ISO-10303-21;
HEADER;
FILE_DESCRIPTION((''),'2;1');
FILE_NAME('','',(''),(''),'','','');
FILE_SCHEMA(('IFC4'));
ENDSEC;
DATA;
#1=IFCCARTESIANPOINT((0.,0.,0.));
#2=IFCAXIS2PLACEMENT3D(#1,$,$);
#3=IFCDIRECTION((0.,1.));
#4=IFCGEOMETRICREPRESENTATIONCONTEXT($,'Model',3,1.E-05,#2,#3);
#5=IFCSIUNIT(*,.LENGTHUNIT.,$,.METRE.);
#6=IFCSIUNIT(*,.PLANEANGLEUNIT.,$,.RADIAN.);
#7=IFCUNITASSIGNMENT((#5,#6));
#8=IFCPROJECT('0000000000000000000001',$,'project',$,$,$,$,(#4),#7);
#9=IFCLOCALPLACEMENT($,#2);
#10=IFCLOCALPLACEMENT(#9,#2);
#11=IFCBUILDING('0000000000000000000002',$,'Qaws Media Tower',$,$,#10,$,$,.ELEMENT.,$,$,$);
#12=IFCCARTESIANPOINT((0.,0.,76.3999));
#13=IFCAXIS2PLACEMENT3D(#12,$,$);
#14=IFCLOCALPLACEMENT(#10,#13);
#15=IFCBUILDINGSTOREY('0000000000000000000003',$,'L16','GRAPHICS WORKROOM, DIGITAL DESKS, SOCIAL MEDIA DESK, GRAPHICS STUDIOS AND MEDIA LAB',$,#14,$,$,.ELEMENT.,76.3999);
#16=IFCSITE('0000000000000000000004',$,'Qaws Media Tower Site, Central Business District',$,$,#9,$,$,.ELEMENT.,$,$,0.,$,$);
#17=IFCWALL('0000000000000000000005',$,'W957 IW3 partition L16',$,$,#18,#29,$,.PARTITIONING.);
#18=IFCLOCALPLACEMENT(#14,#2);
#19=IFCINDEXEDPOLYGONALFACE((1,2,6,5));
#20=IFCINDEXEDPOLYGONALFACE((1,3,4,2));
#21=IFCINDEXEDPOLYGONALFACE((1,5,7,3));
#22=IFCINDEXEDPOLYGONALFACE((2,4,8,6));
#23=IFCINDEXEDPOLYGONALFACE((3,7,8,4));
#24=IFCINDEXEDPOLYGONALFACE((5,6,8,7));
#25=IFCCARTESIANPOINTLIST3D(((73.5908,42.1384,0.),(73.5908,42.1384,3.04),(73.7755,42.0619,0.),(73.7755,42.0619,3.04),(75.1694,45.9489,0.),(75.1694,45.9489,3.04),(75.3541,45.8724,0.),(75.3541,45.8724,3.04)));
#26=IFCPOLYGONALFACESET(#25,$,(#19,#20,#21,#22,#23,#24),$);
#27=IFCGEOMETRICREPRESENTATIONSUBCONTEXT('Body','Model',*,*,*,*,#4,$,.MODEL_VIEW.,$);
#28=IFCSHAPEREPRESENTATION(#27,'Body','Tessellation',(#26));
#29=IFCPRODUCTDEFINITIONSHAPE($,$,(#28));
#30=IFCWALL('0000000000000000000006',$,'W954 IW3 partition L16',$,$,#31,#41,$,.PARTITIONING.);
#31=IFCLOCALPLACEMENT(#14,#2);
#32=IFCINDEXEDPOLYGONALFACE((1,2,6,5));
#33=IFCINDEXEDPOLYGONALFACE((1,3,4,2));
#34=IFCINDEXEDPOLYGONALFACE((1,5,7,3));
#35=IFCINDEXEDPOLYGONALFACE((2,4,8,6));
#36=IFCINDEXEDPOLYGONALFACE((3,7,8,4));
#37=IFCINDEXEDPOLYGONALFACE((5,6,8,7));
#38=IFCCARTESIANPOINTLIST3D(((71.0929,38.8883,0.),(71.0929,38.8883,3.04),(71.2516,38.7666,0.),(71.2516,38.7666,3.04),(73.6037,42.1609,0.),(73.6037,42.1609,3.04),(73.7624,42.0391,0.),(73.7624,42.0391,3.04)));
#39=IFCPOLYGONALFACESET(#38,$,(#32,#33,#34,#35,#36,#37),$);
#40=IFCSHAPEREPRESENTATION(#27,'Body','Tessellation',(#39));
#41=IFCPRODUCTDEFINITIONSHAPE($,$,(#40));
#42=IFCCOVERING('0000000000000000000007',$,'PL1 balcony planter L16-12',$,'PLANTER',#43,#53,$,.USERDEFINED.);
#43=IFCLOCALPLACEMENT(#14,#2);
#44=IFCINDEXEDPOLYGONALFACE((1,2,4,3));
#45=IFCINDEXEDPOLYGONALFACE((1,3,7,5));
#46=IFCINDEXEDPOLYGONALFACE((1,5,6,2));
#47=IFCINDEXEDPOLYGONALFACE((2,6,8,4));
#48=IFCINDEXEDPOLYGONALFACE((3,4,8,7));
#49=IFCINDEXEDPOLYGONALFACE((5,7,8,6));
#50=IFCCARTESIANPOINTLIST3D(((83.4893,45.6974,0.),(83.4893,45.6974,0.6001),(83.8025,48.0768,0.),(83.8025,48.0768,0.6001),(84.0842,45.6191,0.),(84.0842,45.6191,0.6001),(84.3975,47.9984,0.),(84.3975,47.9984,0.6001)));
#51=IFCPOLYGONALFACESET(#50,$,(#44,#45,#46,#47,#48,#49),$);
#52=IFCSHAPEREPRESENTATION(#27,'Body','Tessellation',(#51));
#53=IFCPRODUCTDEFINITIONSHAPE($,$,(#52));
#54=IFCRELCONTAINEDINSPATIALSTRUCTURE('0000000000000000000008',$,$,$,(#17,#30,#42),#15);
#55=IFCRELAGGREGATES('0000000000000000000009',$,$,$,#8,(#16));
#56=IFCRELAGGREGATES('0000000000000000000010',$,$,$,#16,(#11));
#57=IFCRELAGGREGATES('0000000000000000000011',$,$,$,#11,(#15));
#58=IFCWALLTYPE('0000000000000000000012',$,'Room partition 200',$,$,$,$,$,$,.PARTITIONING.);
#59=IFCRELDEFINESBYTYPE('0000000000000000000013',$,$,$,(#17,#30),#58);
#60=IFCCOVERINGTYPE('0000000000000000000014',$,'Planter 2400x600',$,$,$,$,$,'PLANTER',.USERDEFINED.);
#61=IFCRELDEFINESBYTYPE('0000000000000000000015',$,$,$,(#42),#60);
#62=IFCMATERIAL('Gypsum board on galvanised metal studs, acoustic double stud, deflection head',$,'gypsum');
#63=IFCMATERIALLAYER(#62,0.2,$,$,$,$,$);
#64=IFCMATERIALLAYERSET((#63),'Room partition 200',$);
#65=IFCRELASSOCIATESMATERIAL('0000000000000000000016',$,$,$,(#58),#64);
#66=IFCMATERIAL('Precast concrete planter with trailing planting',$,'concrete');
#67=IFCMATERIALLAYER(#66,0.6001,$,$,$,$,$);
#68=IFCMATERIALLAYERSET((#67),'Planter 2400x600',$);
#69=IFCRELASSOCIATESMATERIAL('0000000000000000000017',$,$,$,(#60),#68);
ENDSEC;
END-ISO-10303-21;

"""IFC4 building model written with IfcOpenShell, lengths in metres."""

from ifc_helpers import new_model, si_unit, direction, frame, frame_2d, origin, origin_2d, place, context, subcontext, project, spatial, rectangle, extrude, material, layer, layer_set, type_object, element, save


model = new_model("IFC4")

# Units and contexts
model_context = context("Model", 3, precision=1e-05, world=origin(), true_north=direction((0.0, 1.0)))
body_context = subcontext(model_context, "Body", "Model", "MODEL_VIEW")
ifc_project = project(units=[si_unit("LENGTHUNIT", "METRE"), si_unit("PLANEANGLEUNIT", "RADIAN")], contexts=[model_context])

# Site, building, storey
site_placement = place(None, origin())
site = spatial("IfcSite", under=ifc_project, at=site_placement, Name="Qaws Media Tower Site, Central Business District", CompositionType="ELEMENT", RefElevation=0.0)
building_placement = place(site_placement, origin())
building = spatial("IfcBuilding", under=site, at=building_placement, Name="Qaws Media Tower", CompositionType="ELEMENT")
storey_placement = place(building_placement, frame((0.0, 0.0, 76.3999)))
storey = spatial("IfcBuildingStorey", under=building, at=storey_placement, Name="L16", Description="GRAPHICS WORKROOM, DIGITAL DESKS, SOCIAL MEDIA DESK, GRAPHICS STUDIOS AND MEDIA LAB", CompositionType="ELEMENT", Elevation=76.3999)

# Walls
ifc_material_1 = material(Name="Gypsum board on galvanised metal studs, acoustic double stud, deflection head", Category="gypsum")
ifc_layer_1 = layer(ifc_material_1, 0.2)
ifc_layer_set_1 = layer_set([ifc_layer_1], Name="Room partition 200")
wall_type = type_object("IfcWallType", Name="Room partition 200", PredefinedType="PARTITIONING", material=ifc_layer_set_1)
wall_1_placement = place(storey_placement, frame((75.2617, 45.9106, 0.0), z_axis=(0.0, 0.0, 1.0), x_axis=(-0.382732, -0.92386, 0.0)))
element("IfcWall", 1, at=wall_1_placement, inside=storey, type_object=wall_type, Name="W957 IW3 partition L16", PredefinedType="PARTITIONING", context=body_context, shape_type="SweptSolid", body=[
    extrude(rectangle(XDim=4.1245, YDim=0.2, at=frame_2d((2.0623, 0.0))), origin(), (0.0, 0.0, 1.0), 3.04),
])
wall_2_placement = place(storey_placement, frame((73.6831, 42.1001, 0.0), z_axis=(0.0, 0.0, 1.0), x_axis=(-0.608715, -0.793389, 0.0)))
element("IfcWall", 2, at=wall_2_placement, inside=storey, type_object=wall_type, Name="W954 IW3 partition L16", PredefinedType="PARTITIONING", context=body_context, shape_type="SweptSolid", body=[
    extrude(rectangle(XDim=4.1248, YDim=0.2, at=frame_2d((2.0625, 0.0))), origin(), (0.0, 0.0, 1.0), 3.04),
])

# Covering
ifc_material_2 = material(Name="Precast concrete planter with trailing planting", Category="concrete")
ifc_layer_2 = layer(ifc_material_2, 0.6001)
ifc_layer_set_2 = layer_set([ifc_layer_2], Name="Planter 2400x600")
covering_type = type_object("IfcCoveringType", Name="Planter 2400x600", ElementType="PLANTER", PredefinedType="USERDEFINED", material=ifc_layer_set_2)
covering_placement = place(storey_placement, frame((83.9434, 46.8479, 0.0), z_axis=(0.0, 0.0, 1.0), x_axis=(0.130526, 0.991445, 0.0)))
element("IfcCovering", 3, at=covering_placement, inside=storey, type_object=covering_type, Name="PL1 balcony planter L16-12", ObjectType="PLANTER", PredefinedType="USERDEFINED", context=body_context, shape_type="SweptSolid", body=[
    extrude(rectangle(XDim=2.3999, YDim=0.6001, at=origin_2d()), origin(), (0.0, 0.0, 1.0), 0.6001),
])

save(model, "model.ifc")
